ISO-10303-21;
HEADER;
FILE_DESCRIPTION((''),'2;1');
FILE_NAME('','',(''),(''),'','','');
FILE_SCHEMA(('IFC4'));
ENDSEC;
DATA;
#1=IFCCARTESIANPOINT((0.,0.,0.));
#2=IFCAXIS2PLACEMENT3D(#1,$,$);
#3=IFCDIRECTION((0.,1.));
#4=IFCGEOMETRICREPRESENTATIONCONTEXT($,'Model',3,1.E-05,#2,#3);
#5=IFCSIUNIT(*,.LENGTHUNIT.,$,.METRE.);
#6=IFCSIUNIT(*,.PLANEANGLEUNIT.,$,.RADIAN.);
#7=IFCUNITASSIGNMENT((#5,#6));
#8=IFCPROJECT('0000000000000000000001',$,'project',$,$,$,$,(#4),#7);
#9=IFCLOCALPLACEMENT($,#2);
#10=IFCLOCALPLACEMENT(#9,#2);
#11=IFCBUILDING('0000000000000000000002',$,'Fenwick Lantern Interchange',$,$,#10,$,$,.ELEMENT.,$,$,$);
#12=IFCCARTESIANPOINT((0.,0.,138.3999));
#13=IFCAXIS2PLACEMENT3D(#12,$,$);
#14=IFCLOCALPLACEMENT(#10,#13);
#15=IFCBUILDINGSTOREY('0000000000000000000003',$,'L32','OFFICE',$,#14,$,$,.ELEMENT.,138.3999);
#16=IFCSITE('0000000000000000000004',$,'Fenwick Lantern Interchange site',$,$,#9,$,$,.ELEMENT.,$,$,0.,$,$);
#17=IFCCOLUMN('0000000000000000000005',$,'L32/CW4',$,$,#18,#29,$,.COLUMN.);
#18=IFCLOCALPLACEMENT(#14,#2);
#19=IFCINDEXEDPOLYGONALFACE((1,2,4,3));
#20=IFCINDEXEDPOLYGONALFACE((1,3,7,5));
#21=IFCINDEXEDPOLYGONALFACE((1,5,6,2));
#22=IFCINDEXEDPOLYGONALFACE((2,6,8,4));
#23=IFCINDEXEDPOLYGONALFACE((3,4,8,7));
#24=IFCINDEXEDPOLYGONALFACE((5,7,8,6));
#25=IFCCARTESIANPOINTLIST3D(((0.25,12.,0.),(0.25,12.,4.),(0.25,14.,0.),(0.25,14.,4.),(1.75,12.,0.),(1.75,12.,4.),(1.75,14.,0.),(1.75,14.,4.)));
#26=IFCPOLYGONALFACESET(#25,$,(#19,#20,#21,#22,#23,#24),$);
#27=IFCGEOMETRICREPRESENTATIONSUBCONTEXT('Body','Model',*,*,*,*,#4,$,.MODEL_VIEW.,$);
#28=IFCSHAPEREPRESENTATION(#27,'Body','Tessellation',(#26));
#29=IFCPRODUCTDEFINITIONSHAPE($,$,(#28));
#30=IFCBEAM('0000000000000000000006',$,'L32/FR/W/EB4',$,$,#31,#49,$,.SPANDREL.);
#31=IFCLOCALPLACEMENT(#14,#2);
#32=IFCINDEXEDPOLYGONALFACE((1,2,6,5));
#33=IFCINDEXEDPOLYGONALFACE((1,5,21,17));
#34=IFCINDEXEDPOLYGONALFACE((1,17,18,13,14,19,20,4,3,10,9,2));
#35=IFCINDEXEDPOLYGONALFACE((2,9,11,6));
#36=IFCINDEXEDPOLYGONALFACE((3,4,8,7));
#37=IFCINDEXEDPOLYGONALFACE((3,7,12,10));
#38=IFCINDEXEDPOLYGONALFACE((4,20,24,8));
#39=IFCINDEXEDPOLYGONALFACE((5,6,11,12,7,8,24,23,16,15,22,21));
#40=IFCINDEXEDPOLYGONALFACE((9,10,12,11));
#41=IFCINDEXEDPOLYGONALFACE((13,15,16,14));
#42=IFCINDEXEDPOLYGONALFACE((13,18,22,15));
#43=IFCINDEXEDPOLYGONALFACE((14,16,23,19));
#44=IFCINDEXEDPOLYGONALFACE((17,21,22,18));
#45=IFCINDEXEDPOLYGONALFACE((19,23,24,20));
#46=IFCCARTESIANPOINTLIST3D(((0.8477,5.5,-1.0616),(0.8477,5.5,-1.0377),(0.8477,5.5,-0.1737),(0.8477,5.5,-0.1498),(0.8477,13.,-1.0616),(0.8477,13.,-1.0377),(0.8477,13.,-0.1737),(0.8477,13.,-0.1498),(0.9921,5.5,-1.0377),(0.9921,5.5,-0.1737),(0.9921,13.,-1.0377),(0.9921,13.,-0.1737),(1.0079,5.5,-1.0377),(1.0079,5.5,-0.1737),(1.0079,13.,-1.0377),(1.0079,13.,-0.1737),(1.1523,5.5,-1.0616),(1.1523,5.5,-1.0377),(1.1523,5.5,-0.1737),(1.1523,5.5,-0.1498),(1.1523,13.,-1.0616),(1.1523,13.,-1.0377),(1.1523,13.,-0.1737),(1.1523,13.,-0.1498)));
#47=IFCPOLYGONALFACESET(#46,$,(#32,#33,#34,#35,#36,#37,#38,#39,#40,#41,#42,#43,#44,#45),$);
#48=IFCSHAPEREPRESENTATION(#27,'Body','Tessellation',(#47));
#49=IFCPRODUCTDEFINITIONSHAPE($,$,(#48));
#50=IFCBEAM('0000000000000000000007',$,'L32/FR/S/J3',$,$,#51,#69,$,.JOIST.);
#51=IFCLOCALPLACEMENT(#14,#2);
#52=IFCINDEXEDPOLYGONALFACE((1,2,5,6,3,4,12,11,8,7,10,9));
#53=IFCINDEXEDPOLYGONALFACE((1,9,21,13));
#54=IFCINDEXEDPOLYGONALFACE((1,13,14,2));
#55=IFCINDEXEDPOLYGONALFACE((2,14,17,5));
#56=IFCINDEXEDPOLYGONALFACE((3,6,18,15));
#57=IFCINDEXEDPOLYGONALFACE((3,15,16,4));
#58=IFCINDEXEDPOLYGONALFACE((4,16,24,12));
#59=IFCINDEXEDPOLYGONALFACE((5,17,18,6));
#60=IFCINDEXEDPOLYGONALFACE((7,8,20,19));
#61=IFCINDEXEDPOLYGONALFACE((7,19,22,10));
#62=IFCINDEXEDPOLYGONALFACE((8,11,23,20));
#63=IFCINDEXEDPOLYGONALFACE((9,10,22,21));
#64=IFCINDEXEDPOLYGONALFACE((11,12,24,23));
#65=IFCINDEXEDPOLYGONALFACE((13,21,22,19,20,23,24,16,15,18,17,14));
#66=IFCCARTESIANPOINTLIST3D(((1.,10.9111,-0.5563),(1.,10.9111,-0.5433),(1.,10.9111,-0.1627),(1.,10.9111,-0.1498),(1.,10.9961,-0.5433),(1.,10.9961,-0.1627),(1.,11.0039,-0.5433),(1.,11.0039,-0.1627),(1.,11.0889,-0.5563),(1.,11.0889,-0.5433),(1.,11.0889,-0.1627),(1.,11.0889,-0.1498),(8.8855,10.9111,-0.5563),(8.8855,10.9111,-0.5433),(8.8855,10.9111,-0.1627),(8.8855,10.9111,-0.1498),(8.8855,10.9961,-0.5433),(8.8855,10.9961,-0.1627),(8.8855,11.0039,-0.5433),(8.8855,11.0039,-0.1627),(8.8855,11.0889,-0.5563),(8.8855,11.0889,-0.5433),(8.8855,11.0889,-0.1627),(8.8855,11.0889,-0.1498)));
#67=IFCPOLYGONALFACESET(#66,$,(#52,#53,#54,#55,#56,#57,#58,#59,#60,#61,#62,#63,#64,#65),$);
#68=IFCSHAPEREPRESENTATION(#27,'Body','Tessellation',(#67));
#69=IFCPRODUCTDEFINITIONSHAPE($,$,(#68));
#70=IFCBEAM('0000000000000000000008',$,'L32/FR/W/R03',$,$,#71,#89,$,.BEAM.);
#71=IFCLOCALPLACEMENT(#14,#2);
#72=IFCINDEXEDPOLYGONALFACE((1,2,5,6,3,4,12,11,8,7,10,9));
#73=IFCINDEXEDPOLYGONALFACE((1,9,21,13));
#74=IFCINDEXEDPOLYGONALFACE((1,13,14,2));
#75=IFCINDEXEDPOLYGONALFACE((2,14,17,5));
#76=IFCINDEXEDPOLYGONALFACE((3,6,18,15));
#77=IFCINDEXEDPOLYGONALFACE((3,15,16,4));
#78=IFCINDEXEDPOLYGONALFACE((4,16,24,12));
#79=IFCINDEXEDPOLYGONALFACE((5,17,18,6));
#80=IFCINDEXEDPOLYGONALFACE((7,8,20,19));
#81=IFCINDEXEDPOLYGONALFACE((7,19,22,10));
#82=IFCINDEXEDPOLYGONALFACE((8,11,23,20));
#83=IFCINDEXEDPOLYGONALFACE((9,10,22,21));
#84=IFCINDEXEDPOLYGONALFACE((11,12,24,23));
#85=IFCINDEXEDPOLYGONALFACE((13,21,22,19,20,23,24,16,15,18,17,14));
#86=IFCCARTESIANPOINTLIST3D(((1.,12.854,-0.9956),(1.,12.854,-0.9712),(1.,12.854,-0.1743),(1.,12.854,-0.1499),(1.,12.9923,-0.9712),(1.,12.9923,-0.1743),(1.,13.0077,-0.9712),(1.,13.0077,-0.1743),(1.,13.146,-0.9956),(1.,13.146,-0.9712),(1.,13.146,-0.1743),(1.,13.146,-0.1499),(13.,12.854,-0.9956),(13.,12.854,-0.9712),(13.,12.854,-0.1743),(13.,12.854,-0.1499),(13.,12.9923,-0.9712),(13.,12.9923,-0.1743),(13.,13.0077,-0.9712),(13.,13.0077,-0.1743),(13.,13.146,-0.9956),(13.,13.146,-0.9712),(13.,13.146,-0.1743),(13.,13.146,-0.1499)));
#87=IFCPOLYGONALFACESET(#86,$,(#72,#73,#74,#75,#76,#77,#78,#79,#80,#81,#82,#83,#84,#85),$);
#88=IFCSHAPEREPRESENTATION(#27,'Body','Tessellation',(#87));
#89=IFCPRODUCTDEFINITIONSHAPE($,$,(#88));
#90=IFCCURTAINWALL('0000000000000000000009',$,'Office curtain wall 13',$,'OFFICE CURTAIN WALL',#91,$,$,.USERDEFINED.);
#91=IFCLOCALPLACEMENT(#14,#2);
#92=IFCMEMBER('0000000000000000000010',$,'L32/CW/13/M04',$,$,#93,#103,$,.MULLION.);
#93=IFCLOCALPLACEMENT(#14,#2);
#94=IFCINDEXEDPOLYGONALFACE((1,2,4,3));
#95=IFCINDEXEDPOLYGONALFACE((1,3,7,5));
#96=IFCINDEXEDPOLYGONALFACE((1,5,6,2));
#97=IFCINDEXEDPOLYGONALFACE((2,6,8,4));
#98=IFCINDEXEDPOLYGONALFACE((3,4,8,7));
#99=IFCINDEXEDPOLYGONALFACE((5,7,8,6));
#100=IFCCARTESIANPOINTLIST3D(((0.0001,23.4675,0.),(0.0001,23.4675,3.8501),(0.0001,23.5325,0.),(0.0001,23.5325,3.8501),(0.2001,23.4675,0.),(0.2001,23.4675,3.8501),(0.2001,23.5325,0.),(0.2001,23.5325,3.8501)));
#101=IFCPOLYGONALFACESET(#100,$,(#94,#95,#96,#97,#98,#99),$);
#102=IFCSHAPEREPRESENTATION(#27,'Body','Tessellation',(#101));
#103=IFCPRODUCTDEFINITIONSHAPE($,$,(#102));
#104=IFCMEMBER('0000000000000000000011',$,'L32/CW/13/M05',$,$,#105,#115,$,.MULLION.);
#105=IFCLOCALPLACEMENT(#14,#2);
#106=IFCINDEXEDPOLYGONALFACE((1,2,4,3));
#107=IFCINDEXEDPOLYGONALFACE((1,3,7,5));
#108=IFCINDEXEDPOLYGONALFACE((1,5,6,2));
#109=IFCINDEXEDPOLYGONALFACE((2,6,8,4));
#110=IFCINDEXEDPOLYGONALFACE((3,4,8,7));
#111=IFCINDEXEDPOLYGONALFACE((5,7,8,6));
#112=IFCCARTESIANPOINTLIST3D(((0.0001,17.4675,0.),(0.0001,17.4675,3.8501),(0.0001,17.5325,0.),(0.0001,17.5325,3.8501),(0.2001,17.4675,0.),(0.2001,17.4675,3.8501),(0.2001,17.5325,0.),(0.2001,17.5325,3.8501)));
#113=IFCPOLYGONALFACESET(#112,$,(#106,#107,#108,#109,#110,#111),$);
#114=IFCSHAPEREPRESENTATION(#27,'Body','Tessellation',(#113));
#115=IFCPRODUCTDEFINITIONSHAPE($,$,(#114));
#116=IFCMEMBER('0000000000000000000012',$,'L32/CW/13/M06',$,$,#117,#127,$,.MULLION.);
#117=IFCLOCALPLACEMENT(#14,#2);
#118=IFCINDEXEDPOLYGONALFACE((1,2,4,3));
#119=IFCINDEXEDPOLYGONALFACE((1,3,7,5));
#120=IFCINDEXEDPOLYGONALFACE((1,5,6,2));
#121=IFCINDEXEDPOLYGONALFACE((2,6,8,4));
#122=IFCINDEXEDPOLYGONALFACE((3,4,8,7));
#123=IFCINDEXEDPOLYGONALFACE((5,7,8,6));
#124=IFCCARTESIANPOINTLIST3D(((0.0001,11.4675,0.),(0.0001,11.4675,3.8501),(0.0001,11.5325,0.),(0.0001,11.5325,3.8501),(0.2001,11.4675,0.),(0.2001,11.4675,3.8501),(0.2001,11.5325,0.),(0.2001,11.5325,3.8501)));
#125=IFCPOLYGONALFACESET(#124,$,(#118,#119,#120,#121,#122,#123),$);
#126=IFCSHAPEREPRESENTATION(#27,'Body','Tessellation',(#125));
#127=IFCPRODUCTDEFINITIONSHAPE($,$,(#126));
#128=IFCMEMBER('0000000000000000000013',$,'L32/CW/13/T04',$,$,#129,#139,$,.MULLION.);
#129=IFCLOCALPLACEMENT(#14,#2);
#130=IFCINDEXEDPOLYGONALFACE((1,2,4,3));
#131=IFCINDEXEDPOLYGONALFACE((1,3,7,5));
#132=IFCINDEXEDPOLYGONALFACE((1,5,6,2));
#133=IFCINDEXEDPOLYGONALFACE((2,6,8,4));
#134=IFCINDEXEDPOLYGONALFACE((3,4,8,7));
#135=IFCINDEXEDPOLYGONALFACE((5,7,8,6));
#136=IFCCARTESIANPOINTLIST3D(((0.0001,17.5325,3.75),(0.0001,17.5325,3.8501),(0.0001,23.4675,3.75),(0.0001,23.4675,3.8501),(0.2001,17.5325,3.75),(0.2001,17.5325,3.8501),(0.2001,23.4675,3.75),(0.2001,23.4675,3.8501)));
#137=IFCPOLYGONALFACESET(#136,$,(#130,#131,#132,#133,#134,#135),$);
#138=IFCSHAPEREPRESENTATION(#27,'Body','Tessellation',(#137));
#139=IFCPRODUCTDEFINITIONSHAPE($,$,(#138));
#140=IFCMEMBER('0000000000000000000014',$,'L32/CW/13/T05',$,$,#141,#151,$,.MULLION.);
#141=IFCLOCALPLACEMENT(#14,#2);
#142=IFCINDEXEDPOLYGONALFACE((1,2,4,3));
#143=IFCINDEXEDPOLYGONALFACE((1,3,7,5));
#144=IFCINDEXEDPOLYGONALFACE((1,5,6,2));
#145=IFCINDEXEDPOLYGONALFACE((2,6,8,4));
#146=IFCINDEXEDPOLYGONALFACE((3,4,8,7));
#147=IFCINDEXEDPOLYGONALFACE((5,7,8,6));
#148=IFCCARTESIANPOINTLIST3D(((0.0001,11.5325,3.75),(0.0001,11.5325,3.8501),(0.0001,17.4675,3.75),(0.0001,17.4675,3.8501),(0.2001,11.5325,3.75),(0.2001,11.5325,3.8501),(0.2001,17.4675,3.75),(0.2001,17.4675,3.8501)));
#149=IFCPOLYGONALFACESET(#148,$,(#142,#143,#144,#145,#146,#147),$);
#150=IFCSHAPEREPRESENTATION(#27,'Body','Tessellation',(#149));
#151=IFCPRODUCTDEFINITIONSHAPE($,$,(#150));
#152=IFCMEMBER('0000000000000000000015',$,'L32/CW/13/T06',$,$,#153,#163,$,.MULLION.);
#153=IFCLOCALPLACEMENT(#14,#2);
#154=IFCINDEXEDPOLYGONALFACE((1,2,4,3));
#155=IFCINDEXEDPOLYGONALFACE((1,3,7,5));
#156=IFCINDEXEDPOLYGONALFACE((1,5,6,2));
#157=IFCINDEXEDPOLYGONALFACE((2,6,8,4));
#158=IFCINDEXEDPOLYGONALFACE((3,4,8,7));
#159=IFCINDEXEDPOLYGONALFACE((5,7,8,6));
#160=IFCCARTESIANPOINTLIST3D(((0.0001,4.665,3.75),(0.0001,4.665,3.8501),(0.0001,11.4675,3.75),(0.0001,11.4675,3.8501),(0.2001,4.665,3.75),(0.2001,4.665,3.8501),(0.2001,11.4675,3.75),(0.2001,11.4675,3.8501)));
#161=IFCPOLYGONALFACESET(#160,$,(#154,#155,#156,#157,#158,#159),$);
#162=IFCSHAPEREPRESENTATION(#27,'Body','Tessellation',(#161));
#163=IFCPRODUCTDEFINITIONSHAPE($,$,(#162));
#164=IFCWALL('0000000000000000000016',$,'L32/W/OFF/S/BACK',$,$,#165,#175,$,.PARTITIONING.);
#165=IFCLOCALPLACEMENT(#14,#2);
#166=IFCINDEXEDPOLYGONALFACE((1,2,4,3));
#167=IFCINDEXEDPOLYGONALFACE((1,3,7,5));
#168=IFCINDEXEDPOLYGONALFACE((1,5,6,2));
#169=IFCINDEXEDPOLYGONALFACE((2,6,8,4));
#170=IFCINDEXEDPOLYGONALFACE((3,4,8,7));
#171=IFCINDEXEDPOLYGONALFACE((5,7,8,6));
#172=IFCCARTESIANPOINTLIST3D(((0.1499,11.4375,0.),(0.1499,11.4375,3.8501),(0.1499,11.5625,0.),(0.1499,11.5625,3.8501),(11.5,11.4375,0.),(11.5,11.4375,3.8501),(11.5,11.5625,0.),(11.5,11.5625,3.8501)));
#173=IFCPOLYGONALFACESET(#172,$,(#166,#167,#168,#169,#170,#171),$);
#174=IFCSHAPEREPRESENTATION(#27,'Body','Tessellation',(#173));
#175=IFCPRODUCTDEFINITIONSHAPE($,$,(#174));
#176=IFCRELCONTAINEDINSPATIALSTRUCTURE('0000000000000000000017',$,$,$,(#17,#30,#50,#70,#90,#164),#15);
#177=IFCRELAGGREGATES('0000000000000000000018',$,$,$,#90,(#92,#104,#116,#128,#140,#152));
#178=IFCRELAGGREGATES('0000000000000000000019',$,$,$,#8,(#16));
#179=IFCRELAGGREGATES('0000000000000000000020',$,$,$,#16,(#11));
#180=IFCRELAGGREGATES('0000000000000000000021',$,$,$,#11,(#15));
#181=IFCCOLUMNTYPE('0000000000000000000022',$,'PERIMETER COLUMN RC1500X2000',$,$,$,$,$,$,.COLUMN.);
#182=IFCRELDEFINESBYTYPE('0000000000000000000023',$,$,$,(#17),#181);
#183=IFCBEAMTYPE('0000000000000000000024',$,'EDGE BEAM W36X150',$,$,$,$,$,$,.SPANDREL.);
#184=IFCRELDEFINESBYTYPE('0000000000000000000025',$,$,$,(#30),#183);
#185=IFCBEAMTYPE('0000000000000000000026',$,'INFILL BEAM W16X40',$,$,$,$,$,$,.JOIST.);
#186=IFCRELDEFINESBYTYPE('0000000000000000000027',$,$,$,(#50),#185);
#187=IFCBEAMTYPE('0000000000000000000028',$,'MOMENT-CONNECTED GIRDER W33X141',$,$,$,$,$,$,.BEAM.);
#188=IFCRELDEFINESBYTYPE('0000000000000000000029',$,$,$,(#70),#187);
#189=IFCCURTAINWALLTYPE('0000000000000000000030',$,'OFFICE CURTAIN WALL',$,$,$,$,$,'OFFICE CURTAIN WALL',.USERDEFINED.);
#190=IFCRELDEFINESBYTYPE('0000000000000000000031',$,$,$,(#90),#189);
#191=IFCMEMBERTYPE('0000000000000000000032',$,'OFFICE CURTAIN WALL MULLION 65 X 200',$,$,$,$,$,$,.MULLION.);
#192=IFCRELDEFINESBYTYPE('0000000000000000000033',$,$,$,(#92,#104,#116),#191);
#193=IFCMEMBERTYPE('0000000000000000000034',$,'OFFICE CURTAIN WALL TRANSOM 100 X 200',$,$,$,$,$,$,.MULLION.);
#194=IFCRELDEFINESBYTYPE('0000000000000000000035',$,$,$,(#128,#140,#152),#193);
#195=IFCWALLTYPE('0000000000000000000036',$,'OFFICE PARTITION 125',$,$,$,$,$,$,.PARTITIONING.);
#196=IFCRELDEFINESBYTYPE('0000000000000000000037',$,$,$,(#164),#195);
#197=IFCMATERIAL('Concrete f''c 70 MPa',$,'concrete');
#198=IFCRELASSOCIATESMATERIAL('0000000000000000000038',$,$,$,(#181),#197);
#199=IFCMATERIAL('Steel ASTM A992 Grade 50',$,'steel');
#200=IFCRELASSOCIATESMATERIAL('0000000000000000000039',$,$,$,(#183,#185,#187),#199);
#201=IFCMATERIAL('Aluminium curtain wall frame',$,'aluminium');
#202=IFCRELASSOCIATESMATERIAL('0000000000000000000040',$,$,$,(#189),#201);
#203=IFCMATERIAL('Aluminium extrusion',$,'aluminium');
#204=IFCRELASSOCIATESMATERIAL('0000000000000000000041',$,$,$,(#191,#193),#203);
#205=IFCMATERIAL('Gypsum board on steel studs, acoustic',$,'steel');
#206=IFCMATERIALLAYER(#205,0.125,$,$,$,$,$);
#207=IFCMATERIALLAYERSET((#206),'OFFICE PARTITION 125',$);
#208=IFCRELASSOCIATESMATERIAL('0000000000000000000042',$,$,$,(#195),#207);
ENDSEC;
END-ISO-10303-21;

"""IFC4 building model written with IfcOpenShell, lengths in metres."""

from ifc_helpers import new_model, si_unit, direction, frame, frame_2d, origin, origin_2d, place, context, subcontext, project, spatial, rectangle, i_section, extrude, material, layer, layer_set, material_profile, profile_set, type_object, element, aggregate, save


model = new_model("IFC4")

# Units and contexts
model_context = context("Model", 3, precision=1e-05, world=origin(), true_north=direction((0.0, 1.0)))
body_context = subcontext(model_context, "Body", "Model", "MODEL_VIEW")
ifc_project = project(units=[si_unit("LENGTHUNIT", "METRE"), si_unit("PLANEANGLEUNIT", "RADIAN")], contexts=[model_context])

# Site, building, storey
site_placement = place(None, origin())
site = spatial("IfcSite", under=ifc_project, at=site_placement, Name="Fenwick Lantern Interchange site", CompositionType="ELEMENT", RefElevation=0.0)
building_placement = place(site_placement, origin())
building = spatial("IfcBuilding", under=site, at=building_placement, Name="Fenwick Lantern Interchange", CompositionType="ELEMENT")
storey_placement = place(building_placement, frame((0.0, 0.0, 138.3999)))
storey = spatial("IfcBuildingStorey", under=building, at=storey_placement, Name="L32", Description="OFFICE", CompositionType="ELEMENT", Elevation=138.3999)

# Column
ifc_material_1 = material(Name="Concrete f'c 70 MPa", Category="concrete")
ifc_material_profile_1 = material_profile(ifc_material_1, rectangle(XDim=1.5, YDim=2.0, at=origin_2d()), Name="RC1500X2000")
ifc_profile_set_1 = profile_set([ifc_material_profile_1], Name="Concrete f'c 70 MPa")
column_type = type_object("IfcColumnType", Name="PERIMETER COLUMN RC1500X2000", PredefinedType="COLUMN", material=ifc_profile_set_1)
column_placement = place(storey_placement, frame((1.0, 13.0, 0.0), z_axis=(0.0, 0.0, 1.0), x_axis=(1.0, 0.0, 0.0)))
element("IfcColumn", 1, at=column_placement, inside=storey, type_object=column_type, Name="L32/CW4", PredefinedType="COLUMN", context=body_context, shape_type="SweptSolid", body=[
    extrude(rectangle(XDim=1.5, YDim=2.0, at=origin_2d()), origin(), (0.0, 0.0, 1.0), 4.0),
])

# Beams
ifc_material_2 = material(Name="Steel ASTM A992 Grade 50", Category="steel")
ifc_material_profile_2 = material_profile(ifc_material_2, i_section(OverallWidth=0.3047, OverallDepth=0.9119, WebThickness=0.0159, FlangeThickness=0.0239, at=origin_2d()), Name="W36X150")
ifc_profile_set_2 = profile_set([ifc_material_profile_2], Name="Steel ASTM A992 Grade 50")
beam_type_1 = type_object("IfcBeamType", Name="EDGE BEAM W36X150", PredefinedType="SPANDREL", material=ifc_profile_set_2)
beam_1_placement = place(storey_placement, frame((1.0, 13.0, -0.6057), z_axis=(0.0, -1.0, 0.0), x_axis=(1.0, 0.0, 0.0)))
element("IfcBeam", 2, at=beam_1_placement, inside=storey, type_object=beam_type_1, Name="L32/FR/W/EB4", PredefinedType="SPANDREL", context=body_context, shape_type="SweptSolid", body=[
    extrude(i_section(OverallWidth=0.3047, OverallDepth=0.9119, WebThickness=0.0159, FlangeThickness=0.0239, at=origin_2d()), origin(), (0.0, 0.0, 1.0), 7.5),
])
ifc_material_profile_3 = material_profile(ifc_material_2, i_section(OverallWidth=0.1777, OverallDepth=0.4065, WebThickness=0.0078, FlangeThickness=0.0129, at=origin_2d()), Name="W16X40")
ifc_profile_set_3 = profile_set([ifc_material_profile_3], Name="Steel ASTM A992 Grade 50")
beam_type_2 = type_object("IfcBeamType", Name="INFILL BEAM W16X40", PredefinedType="JOIST", material=ifc_profile_set_3)
beam_2_placement = place(storey_placement, frame((1.0, 11.0, -0.353), z_axis=(1.0, 0.0, 0.0), x_axis=(0.0, 1.0, 0.0)))
element("IfcBeam", 3, at=beam_2_placement, inside=storey, type_object=beam_type_2, Name="L32/FR/S/J3", PredefinedType="JOIST", context=body_context, shape_type="SweptSolid", body=[
    extrude(i_section(OverallWidth=0.1777, OverallDepth=0.4065, WebThickness=0.0078, FlangeThickness=0.0129, at=origin_2d()), origin(), (0.0, 0.0, 1.0), 7.8855),
])
ifc_material_profile_4 = material_profile(ifc_material_2, i_section(OverallWidth=0.292, OverallDepth=0.8457, WebThickness=0.0154, FlangeThickness=0.0244, at=origin_2d()), Name="W33X141")
ifc_profile_set_4 = profile_set([ifc_material_profile_4], Name="Steel ASTM A992 Grade 50")
beam_type_3 = type_object("IfcBeamType", Name="MOMENT-CONNECTED GIRDER W33X141", PredefinedType="BEAM", material=ifc_profile_set_4)
beam_3_placement = place(storey_placement, frame((1.0, 13.0, -0.5728), z_axis=(1.0, 0.0, 0.0), x_axis=(0.0, 1.0, 0.0)))
element("IfcBeam", 4, at=beam_3_placement, inside=storey, type_object=beam_type_3, Name="L32/FR/W/R03", PredefinedType="BEAM", context=body_context, shape_type="SweptSolid", body=[
    extrude(i_section(OverallWidth=0.292, OverallDepth=0.8457, WebThickness=0.0154, FlangeThickness=0.0244, at=origin_2d()), origin(), (0.0, 0.0, 1.0), 12.0),
])

# Curtain wall, members
ifc_material_3 = material(Name="Aluminium curtain wall frame", Category="aluminium")
curtain_wall_type = type_object("IfcCurtainWallType", Name="OFFICE CURTAIN WALL", ElementType="OFFICE CURTAIN WALL", PredefinedType="USERDEFINED", material=ifc_material_3)
curtain_wall_placement = place(storey_placement, origin())
curtain_wall = element("IfcCurtainWall", 5, at=curtain_wall_placement, inside=storey, type_object=curtain_wall_type, Name="Office curtain wall 13", ObjectType="OFFICE CURTAIN WALL", PredefinedType="USERDEFINED")
ifc_material_4 = material(Name="Aluminium extrusion", Category="aluminium")
ifc_material_profile_5 = material_profile(ifc_material_4, rectangle(XDim=0.2, YDim=0.0649, at=origin_2d()), Name="OFFICE CURTAIN WALL MULLION 65 X 200")
ifc_profile_set_5 = profile_set([ifc_material_profile_5], Name="Aluminium extrusion")
member_type_1 = type_object("IfcMemberType", Name="OFFICE CURTAIN WALL MULLION 65 X 200", PredefinedType="MULLION", material=ifc_profile_set_5)
member_1_placement = place(storey_placement, frame((0.1001, 23.5, 0.0), z_axis=(0.0, 0.0, 1.0), x_axis=(1.0, 0.0, 0.0)))
member_1 = element("IfcMember", 6, at=member_1_placement, type_object=member_type_1, Name="L32/CW/13/M04", PredefinedType="MULLION", context=body_context, shape_type="SweptSolid", body=[
    extrude(rectangle(XDim=0.2, YDim=0.0649, at=origin_2d()), origin(), (0.0, 0.0, 1.0), 3.8501),
])
member_2_placement = place(storey_placement, frame((0.1001, 17.5, 0.0), z_axis=(0.0, 0.0, 1.0), x_axis=(1.0, 0.0, 0.0)))
member_2 = element("IfcMember", 7, at=member_2_placement, type_object=member_type_1, Name="L32/CW/13/M05", PredefinedType="MULLION", context=body_context, shape_type="SweptSolid", body=[
    extrude(rectangle(XDim=0.2, YDim=0.0649, at=origin_2d()), origin(), (0.0, 0.0, 1.0), 3.8501),
])
member_3_placement = place(storey_placement, frame((0.1001, 11.5, 0.0), z_axis=(0.0, 0.0, 1.0), x_axis=(1.0, 0.0, 0.0)))
member_3 = element("IfcMember", 8, at=member_3_placement, type_object=member_type_1, Name="L32/CW/13/M06", PredefinedType="MULLION", context=body_context, shape_type="SweptSolid", body=[
    extrude(rectangle(XDim=0.2, YDim=0.0649, at=origin_2d()), origin(), (0.0, 0.0, 1.0), 3.8501),
])
ifc_material_profile_6 = material_profile(ifc_material_4, rectangle(XDim=0.2, YDim=0.1001, at=origin_2d()), Name="OFFICE CURTAIN WALL TRANSOM 100 X 200")
ifc_profile_set_6 = profile_set([ifc_material_profile_6], Name="Aluminium extrusion")
member_type_2 = type_object("IfcMemberType", Name="OFFICE CURTAIN WALL TRANSOM 100 X 200", PredefinedType="MULLION", material=ifc_profile_set_6)
member_4_placement = place(storey_placement, frame((0.1001, 23.4675, 3.8), z_axis=(0.0, -1.0, 0.0), x_axis=(1.0, 0.0, 0.0)))
member_4 = element("IfcMember", 9, at=member_4_placement, type_object=member_type_2, Name="L32/CW/13/T04", PredefinedType="MULLION", context=body_context, shape_type="SweptSolid", body=[
    extrude(rectangle(XDim=0.2, YDim=0.1001, at=origin_2d()), origin(), (0.0, 0.0, 1.0), 5.9351),
])
member_5_placement = place(storey_placement, frame((0.1001, 17.4675, 3.8), z_axis=(0.0, -1.0, 0.0), x_axis=(1.0, 0.0, 0.0)))
member_5 = element("IfcMember", 10, at=member_5_placement, type_object=member_type_2, Name="L32/CW/13/T05", PredefinedType="MULLION", context=body_context, shape_type="SweptSolid", body=[
    extrude(rectangle(XDim=0.2, YDim=0.1001, at=origin_2d()), origin(), (0.0, 0.0, 1.0), 5.9351),
])
member_6_placement = place(storey_placement, frame((0.1001, 11.4675, 3.8), z_axis=(0.0, -1.0, 0.0), x_axis=(1.0, 0.0, 0.0)))
member_6 = element("IfcMember", 11, at=member_6_placement, type_object=member_type_2, Name="L32/CW/13/T06", PredefinedType="MULLION", context=body_context, shape_type="SweptSolid", body=[
    extrude(rectangle(XDim=0.2, YDim=0.1001, at=origin_2d()), origin(), (0.0, 0.0, 1.0), 6.8025),
])
aggregate(curtain_wall, [member_1, member_2, member_3, member_4, member_5, member_6])

# Wall
ifc_material_5 = material(Name="Gypsum board on steel studs, acoustic", Category="steel")
ifc_layer = layer(ifc_material_5, 0.125)
ifc_layer_set = layer_set([ifc_layer], Name="OFFICE PARTITION 125")
wall_type = type_object("IfcWallType", Name="OFFICE PARTITION 125", PredefinedType="PARTITIONING", material=ifc_layer_set)
wall_1_placement = place(storey_placement, frame((0.1499, 11.5, 0.0), z_axis=(0.0, 0.0, 1.0), x_axis=(1.0, 0.0, 0.0)))
element("IfcWall", 12, at=wall_1_placement, inside=storey, type_object=wall_type, Name="L32/W/OFF/S/BACK", PredefinedType="PARTITIONING", context=body_context, shape_type="SweptSolid", body=[
    extrude(rectangle(XDim=11.3501, YDim=0.125, at=frame_2d((5.675, 0.0))), origin(), (0.0, 0.0, 1.0), 3.8501),
])

save(model, "model.ifc")
